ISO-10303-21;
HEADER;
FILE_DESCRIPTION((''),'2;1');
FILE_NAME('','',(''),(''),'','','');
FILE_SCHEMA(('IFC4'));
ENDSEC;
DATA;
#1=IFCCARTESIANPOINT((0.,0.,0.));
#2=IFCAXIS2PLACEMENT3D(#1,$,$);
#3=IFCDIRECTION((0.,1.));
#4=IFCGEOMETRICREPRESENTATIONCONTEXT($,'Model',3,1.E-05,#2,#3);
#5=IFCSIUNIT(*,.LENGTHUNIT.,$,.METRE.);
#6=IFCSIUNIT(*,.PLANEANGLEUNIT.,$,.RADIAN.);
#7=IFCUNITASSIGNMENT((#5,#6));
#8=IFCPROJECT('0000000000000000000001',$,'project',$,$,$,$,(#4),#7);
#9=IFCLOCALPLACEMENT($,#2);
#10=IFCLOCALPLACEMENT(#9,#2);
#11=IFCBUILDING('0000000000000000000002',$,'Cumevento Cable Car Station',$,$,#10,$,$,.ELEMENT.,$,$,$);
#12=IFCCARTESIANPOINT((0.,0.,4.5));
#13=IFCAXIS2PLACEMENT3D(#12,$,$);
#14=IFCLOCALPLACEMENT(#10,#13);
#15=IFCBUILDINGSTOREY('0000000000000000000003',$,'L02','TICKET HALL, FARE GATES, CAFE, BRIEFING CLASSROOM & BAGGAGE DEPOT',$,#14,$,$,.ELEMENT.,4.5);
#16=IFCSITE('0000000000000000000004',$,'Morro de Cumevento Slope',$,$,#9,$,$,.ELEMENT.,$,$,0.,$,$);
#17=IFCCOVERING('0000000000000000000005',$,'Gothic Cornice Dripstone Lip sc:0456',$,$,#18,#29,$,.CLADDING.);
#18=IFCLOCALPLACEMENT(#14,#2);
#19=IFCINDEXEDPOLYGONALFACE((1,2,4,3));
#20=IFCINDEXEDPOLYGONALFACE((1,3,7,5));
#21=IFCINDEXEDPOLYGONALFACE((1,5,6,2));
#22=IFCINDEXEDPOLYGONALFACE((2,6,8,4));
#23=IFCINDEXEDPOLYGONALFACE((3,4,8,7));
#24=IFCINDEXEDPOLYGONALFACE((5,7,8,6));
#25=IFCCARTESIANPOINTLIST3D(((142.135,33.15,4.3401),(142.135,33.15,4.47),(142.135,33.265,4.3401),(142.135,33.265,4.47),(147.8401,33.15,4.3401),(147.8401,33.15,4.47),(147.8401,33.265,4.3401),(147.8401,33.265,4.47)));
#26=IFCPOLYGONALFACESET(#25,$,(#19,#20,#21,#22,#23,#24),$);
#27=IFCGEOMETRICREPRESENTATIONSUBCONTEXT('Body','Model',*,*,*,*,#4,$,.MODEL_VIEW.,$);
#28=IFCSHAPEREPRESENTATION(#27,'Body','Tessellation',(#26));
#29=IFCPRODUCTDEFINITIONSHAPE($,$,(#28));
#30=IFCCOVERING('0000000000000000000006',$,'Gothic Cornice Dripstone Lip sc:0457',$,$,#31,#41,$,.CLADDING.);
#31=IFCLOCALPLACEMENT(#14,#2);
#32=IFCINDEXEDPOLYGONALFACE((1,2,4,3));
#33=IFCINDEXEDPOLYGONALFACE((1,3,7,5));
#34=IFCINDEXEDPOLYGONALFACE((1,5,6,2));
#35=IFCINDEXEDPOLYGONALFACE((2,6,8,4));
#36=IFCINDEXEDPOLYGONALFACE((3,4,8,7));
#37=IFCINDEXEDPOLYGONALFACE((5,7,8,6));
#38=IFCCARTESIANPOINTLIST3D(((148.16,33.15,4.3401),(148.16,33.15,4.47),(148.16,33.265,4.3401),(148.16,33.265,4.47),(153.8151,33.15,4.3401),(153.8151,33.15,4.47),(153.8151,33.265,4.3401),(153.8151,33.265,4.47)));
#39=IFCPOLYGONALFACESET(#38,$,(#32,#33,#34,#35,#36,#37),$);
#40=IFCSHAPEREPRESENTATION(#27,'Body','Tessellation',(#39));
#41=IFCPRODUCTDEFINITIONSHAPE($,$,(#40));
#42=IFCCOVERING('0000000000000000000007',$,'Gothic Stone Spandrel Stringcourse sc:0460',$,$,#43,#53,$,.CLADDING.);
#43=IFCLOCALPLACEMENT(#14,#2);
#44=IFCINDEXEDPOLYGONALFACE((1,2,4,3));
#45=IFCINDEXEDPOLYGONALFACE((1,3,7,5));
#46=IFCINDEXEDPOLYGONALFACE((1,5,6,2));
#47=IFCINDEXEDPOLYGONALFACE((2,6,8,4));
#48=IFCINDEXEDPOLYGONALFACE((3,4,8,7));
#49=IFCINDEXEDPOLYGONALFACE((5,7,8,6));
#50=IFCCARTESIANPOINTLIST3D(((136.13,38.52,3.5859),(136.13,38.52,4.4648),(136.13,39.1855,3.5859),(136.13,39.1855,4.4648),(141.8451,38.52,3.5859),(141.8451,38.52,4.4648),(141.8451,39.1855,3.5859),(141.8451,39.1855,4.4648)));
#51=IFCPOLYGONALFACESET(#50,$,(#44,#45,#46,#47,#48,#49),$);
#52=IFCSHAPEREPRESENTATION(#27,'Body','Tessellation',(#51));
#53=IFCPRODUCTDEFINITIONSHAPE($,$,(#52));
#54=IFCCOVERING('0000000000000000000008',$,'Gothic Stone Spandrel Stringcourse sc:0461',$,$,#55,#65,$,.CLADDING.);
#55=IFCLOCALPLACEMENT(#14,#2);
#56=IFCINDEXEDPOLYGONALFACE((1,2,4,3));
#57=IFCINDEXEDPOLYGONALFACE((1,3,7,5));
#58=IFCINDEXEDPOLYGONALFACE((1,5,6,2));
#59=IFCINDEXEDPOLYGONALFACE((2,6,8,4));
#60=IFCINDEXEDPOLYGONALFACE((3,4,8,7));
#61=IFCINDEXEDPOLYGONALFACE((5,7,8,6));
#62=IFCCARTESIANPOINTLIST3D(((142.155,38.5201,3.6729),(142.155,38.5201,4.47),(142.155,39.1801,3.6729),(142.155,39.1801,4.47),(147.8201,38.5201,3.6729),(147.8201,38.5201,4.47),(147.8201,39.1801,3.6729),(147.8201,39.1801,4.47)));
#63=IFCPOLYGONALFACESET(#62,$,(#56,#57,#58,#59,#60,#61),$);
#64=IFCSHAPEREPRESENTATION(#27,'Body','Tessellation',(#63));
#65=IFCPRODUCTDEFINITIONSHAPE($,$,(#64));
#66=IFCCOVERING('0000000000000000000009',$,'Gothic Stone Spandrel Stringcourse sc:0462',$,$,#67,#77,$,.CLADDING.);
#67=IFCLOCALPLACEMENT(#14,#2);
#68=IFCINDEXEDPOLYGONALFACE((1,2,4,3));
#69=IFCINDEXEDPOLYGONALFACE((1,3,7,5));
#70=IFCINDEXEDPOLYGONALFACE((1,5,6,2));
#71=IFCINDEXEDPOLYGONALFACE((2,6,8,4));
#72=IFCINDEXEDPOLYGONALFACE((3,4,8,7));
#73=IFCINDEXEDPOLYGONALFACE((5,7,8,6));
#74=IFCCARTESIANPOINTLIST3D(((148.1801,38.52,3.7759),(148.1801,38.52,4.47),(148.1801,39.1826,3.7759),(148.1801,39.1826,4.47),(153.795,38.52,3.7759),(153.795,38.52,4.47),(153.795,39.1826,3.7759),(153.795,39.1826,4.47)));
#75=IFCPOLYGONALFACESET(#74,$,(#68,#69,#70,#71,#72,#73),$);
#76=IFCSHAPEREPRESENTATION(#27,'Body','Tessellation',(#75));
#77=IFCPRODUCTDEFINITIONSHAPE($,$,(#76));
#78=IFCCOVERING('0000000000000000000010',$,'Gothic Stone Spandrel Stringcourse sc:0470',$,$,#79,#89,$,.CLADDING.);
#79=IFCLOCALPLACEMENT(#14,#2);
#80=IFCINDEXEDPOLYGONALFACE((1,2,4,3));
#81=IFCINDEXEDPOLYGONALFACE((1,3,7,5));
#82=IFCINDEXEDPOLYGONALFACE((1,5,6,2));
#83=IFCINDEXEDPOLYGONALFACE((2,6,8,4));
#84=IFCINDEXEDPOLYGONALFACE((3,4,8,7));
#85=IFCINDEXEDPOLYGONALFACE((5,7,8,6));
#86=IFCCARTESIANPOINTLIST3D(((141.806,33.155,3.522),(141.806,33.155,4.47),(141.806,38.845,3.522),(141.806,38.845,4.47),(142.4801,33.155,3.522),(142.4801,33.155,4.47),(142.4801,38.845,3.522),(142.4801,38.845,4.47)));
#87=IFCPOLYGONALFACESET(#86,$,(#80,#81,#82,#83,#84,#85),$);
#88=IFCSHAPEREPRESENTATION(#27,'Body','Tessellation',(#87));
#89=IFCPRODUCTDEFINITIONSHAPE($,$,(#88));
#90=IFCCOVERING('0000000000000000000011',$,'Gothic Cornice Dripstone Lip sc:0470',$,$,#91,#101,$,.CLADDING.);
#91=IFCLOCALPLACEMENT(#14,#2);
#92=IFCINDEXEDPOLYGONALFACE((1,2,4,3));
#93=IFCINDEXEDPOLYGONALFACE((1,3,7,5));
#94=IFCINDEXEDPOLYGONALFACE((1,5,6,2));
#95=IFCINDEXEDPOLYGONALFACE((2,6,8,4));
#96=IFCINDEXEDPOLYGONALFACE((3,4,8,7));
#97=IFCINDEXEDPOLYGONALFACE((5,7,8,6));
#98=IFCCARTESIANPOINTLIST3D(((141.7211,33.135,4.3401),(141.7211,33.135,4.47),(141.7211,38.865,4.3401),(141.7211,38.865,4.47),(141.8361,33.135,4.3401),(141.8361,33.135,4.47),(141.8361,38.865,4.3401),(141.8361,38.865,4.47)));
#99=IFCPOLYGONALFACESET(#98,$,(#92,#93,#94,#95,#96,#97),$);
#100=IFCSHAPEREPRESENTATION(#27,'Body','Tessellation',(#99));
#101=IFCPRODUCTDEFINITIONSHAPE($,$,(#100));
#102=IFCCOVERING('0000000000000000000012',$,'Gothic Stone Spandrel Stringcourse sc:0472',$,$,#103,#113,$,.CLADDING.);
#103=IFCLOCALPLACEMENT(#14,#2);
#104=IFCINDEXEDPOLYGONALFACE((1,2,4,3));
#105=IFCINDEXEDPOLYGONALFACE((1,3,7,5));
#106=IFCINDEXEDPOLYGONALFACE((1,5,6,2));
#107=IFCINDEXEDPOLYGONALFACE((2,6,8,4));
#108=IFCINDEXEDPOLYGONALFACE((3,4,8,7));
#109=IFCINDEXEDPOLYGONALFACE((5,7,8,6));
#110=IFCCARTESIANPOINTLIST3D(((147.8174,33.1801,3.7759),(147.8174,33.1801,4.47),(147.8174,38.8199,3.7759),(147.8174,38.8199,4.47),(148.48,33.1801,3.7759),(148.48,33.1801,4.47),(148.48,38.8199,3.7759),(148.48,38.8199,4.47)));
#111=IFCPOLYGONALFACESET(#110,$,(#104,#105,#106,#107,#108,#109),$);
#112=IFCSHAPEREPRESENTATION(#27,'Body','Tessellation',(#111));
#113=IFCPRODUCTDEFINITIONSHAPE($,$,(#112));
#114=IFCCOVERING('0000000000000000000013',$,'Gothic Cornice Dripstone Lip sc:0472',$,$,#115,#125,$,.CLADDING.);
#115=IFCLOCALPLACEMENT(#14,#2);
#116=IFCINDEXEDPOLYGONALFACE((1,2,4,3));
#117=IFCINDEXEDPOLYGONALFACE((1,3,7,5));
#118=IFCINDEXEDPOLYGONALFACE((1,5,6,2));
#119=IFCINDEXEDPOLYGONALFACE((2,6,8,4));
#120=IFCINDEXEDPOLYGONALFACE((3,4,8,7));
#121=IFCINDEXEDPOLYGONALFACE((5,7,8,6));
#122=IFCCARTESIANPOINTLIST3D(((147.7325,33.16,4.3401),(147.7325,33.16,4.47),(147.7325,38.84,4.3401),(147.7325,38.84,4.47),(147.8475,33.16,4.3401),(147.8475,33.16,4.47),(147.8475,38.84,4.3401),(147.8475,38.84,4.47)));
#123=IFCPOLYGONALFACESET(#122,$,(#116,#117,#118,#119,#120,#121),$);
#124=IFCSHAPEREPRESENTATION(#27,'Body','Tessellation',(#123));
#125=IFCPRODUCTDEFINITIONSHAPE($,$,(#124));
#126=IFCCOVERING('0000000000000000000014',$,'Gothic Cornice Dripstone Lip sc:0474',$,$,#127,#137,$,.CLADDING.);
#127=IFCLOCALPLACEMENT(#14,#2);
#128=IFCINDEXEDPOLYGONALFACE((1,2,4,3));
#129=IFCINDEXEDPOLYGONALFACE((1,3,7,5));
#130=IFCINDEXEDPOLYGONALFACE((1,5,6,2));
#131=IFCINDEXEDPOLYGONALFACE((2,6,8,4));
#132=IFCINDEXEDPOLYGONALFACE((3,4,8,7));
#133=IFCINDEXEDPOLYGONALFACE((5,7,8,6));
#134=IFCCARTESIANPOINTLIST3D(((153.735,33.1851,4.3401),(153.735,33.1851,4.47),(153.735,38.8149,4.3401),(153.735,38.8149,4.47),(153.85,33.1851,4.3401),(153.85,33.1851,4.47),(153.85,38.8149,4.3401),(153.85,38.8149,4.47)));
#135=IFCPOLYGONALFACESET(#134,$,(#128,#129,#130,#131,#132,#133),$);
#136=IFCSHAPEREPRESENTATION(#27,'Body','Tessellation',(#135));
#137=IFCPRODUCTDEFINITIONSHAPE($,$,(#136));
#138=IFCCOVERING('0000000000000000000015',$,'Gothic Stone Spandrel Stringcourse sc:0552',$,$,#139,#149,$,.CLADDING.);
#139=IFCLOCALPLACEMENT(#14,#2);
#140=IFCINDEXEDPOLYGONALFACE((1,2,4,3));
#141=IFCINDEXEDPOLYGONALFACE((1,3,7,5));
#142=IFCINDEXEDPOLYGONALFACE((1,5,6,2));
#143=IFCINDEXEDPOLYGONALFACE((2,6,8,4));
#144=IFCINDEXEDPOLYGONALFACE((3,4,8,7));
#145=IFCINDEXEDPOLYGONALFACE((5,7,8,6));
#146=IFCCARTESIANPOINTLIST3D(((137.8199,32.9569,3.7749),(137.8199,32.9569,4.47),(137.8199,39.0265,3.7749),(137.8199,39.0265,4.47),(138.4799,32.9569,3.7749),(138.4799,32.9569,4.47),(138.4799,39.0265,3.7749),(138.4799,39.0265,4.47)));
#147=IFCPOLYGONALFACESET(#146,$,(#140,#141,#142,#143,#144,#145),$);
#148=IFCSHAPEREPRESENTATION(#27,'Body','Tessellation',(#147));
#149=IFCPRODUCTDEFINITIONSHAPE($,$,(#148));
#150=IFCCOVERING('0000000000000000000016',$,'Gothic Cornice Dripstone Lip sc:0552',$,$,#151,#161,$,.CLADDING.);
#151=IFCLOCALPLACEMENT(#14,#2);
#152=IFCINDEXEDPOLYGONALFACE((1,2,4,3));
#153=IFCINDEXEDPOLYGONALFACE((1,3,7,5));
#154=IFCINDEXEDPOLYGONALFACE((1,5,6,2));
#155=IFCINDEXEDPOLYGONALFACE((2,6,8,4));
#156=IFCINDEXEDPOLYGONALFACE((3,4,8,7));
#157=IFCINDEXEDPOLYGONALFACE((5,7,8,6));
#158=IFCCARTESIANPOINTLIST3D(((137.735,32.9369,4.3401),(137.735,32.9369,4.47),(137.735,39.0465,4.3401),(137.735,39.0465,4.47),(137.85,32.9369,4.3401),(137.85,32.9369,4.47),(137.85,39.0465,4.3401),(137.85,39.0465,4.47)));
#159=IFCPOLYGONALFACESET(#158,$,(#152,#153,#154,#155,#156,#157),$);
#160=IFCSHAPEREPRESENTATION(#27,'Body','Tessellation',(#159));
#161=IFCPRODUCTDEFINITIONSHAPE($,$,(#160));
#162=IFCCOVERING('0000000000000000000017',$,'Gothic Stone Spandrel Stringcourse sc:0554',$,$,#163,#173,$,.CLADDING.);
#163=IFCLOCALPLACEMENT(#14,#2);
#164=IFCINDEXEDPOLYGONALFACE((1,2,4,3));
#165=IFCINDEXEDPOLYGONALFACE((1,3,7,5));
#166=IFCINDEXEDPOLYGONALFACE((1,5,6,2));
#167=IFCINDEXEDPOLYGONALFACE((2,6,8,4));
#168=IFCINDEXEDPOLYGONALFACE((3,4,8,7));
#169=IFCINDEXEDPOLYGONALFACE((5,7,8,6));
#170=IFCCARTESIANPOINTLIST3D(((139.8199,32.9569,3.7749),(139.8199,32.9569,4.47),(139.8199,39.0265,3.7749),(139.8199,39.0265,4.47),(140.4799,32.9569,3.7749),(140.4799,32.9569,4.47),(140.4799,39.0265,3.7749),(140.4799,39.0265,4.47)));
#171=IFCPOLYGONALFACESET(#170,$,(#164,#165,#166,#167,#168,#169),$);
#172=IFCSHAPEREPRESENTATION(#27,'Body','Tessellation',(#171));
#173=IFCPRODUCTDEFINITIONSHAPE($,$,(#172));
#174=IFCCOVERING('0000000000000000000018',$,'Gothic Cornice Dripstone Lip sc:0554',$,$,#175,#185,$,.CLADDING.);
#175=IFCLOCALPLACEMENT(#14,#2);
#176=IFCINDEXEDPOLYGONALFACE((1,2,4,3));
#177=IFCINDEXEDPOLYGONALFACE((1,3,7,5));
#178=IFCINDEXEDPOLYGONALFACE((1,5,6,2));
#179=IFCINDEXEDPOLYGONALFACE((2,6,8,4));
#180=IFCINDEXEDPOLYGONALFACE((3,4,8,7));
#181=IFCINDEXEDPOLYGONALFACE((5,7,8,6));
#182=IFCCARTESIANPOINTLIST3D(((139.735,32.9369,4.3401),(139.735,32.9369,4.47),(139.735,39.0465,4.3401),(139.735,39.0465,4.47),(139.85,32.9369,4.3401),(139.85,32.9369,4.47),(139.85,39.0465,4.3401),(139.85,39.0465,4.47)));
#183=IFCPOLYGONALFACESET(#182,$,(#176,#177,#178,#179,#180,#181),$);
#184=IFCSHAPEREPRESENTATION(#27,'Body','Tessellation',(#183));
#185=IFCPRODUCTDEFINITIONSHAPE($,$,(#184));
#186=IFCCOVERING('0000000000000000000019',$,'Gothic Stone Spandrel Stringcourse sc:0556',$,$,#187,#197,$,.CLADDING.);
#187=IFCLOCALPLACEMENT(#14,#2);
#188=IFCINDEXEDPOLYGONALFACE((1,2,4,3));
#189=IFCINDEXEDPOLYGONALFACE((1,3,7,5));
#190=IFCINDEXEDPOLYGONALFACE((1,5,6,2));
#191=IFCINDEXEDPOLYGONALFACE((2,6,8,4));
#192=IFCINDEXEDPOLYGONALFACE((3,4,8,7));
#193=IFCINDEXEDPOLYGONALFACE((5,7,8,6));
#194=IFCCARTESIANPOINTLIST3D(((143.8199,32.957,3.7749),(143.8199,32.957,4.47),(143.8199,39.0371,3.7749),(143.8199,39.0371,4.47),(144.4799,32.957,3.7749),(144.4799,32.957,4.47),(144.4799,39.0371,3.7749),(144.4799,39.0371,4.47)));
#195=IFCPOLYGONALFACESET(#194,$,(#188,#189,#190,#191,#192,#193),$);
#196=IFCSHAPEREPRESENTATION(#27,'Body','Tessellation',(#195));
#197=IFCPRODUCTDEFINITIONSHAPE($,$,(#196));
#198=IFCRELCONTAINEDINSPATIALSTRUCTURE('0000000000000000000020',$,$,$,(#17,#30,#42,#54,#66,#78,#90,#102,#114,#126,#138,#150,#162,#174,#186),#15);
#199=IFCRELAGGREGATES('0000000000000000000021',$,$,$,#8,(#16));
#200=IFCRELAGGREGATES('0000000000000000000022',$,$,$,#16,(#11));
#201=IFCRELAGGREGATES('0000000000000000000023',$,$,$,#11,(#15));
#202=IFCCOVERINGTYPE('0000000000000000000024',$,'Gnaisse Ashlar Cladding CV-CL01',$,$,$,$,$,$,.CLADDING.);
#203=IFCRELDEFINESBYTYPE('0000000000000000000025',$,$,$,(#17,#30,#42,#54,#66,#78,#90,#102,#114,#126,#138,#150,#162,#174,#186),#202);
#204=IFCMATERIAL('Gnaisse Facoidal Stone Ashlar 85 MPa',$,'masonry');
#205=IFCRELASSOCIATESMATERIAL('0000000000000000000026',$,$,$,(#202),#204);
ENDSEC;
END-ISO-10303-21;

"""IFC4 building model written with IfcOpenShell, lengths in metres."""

from ifc_helpers import new_model, si_unit, direction, frame, origin, origin_2d, place, context, subcontext, project, spatial, rectangle, extrude, material, type_object, element, save


model = new_model("IFC4")

# Units and contexts
model_context = context("Model", 3, precision=1e-05, world=origin(), true_north=direction((0.0, 1.0)))
body_context = subcontext(model_context, "Body", "Model", "MODEL_VIEW")
ifc_project = project(units=[si_unit("LENGTHUNIT", "METRE"), si_unit("PLANEANGLEUNIT", "RADIAN")], contexts=[model_context])

# Site, building, storey
site_placement = place(None, origin())
site = spatial("IfcSite", under=ifc_project, at=site_placement, Name="Morro de Cumevento Slope", CompositionType="ELEMENT", RefElevation=0.0)
building_placement = place(site_placement, origin())
building = spatial("IfcBuilding", under=site, at=building_placement, Name="Cumevento Cable Car Station", CompositionType="ELEMENT")
storey_placement = place(building_placement, frame((0.0, 0.0, 4.5)))
storey = spatial("IfcBuildingStorey", under=building, at=storey_placement, Name="L02", Description="TICKET HALL, FARE GATES, CAFE, BRIEFING CLASSROOM & BAGGAGE DEPOT", CompositionType="ELEMENT", Elevation=4.5)

# Coverings
ifc_material_1 = material(Name="Gnaisse Facoidal Stone Ashlar 85 MPa", Category="masonry")
covering_type = type_object("IfcCoveringType", Name="Gnaisse Ashlar Cladding CV-CL01", PredefinedType="CLADDING", material=ifc_material_1)
covering_1_placement = place(storey_placement, frame((144.9875, 33.2075, 4.3401), z_axis=(0.0, 0.0, 1.0), x_axis=(1.0, 0.0, 0.0)))
element("IfcCovering", 1, at=covering_1_placement, inside=storey, type_object=covering_type, Name="Gothic Cornice Dripstone Lip sc:0456", PredefinedType="CLADDING", context=body_context, shape_type="SweptSolid", body=[
    extrude(rectangle(XDim=5.7051, YDim=0.115, at=origin_2d()), origin(), (0.0, 0.0, 1.0), 0.1299),
])
covering_2_placement = place(storey_placement, frame((150.9875, 33.2075, 4.3401), z_axis=(0.0, 0.0, 1.0), x_axis=(1.0, 0.0, 0.0)))
element("IfcCovering", 2, at=covering_2_placement, inside=storey, type_object=covering_type, Name="Gothic Cornice Dripstone Lip sc:0457", PredefinedType="CLADDING", context=body_context, shape_type="SweptSolid", body=[
    extrude(rectangle(XDim=5.655, YDim=0.115, at=origin_2d()), origin(), (0.0, 0.0, 1.0), 0.1299),
])
covering_3_placement = place(storey_placement, frame((138.9875, 38.8528, 3.5859), z_axis=(0.0, 0.0, 1.0), x_axis=(1.0, 0.0, 0.0)))
element("IfcCovering", 3, at=covering_3_placement, inside=storey, type_object=covering_type, Name="Gothic Stone Spandrel Stringcourse sc:0460", PredefinedType="CLADDING", context=body_context, shape_type="SweptSolid", body=[
    extrude(rectangle(XDim=5.7151, YDim=0.6655, at=origin_2d()), origin(), (0.0, 0.0, 1.0), 0.8789),
])
covering_4_placement = place(storey_placement, frame((144.9875, 38.8501, 3.6729), z_axis=(0.0, 0.0, 1.0), x_axis=(1.0, 0.0, 0.0)))
element("IfcCovering", 4, at=covering_4_placement, inside=storey, type_object=covering_type, Name="Gothic Stone Spandrel Stringcourse sc:0461", PredefinedType="CLADDING", context=body_context, shape_type="SweptSolid", body=[
    extrude(rectangle(XDim=5.665, YDim=0.6599, at=origin_2d()), origin(), (0.0, 0.0, 1.0), 0.7971),
])
covering_5_placement = place(storey_placement, frame((150.9875, 38.8513, 3.7759), z_axis=(0.0, 0.0, 1.0), x_axis=(1.0, 0.0, 0.0)))
element("IfcCovering", 5, at=covering_5_placement, inside=storey, type_object=covering_type, Name="Gothic Stone Spandrel Stringcourse sc:0462", PredefinedType="CLADDING", context=body_context, shape_type="SweptSolid", body=[
    extrude(rectangle(XDim=5.615, YDim=0.6626, at=origin_2d()), origin(), (0.0, 0.0, 1.0), 0.6941),
])
covering_6_placement = place(storey_placement, frame((142.1431, 36.0, 3.522), z_axis=(0.0, 0.0, 1.0), x_axis=(0.0, 1.0, 0.0)))
element("IfcCovering", 6, at=covering_6_placement, inside=storey, type_object=covering_type, Name="Gothic Stone Spandrel Stringcourse sc:0470", PredefinedType="CLADDING", context=body_context, shape_type="SweptSolid", body=[
    extrude(rectangle(XDim=5.6899, YDim=0.6741, at=origin_2d()), origin(), (0.0, 0.0, 1.0), 0.948),
])
covering_7_placement = place(storey_placement, frame((141.7786, 36.0, 4.3401), z_axis=(0.0, 0.0, 1.0), x_axis=(0.0, 1.0, 0.0)))
element("IfcCovering", 7, at=covering_7_placement, inside=storey, type_object=covering_type, Name="Gothic Cornice Dripstone Lip sc:0470", PredefinedType="CLADDING", context=body_context, shape_type="SweptSolid", body=[
    extrude(rectangle(XDim=5.73, YDim=0.115, at=origin_2d()), origin(), (0.0, 0.0, 1.0), 0.1299),
])
covering_8_placement = place(storey_placement, frame((148.1487, 36.0, 3.7759), z_axis=(0.0, 0.0, 1.0), x_axis=(0.0, 1.0, 0.0)))
element("IfcCovering", 8, at=covering_8_placement, inside=storey, type_object=covering_type, Name="Gothic Stone Spandrel Stringcourse sc:0472", PredefinedType="CLADDING", context=body_context, shape_type="SweptSolid", body=[
    extrude(rectangle(XDim=5.6399, YDim=0.6626, at=origin_2d()), origin(), (0.0, 0.0, 1.0), 0.6941),
])
covering_9_placement = place(storey_placement, frame((147.79, 36.0, 4.3401), z_axis=(0.0, 0.0, 1.0), x_axis=(0.0, 1.0, 0.0)))
element("IfcCovering", 9, at=covering_9_placement, inside=storey, type_object=covering_type, Name="Gothic Cornice Dripstone Lip sc:0472", PredefinedType="CLADDING", context=body_context, shape_type="SweptSolid", body=[
    extrude(rectangle(XDim=5.6799, YDim=0.115, at=origin_2d()), origin(), (0.0, 0.0, 1.0), 0.1299),
])
covering_10_placement = place(storey_placement, frame((153.7925, 36.0, 4.3401), z_axis=(0.0, 0.0, 1.0), x_axis=(0.0, 1.0, 0.0)))
element("IfcCovering", 10, at=covering_10_placement, inside=storey, type_object=covering_type, Name="Gothic Cornice Dripstone Lip sc:0474", PredefinedType="CLADDING", context=body_context, shape_type="SweptSolid", body=[
    extrude(rectangle(XDim=5.6299, YDim=0.115, at=origin_2d()), origin(), (0.0, 0.0, 1.0), 0.1299),
])
covering_11_placement = place(storey_placement, frame((138.1499, 35.9917, 3.7749), z_axis=(0.0, 0.0, 1.0), x_axis=(0.0, 1.0, 0.0)))
element("IfcCovering", 11, at=covering_11_placement, inside=storey, type_object=covering_type, Name="Gothic Stone Spandrel Stringcourse sc:0552", PredefinedType="CLADDING", context=body_context, shape_type="SweptSolid", body=[
    extrude(rectangle(XDim=6.0696, YDim=0.6599, at=origin_2d()), origin(), (0.0, 0.0, 1.0), 0.6951),
])
covering_12_placement = place(storey_placement, frame((137.7925, 35.9917, 4.3401), z_axis=(0.0, 0.0, 1.0), x_axis=(0.0, 1.0, 0.0)))
element("IfcCovering", 12, at=covering_12_placement, inside=storey, type_object=covering_type, Name="Gothic Cornice Dripstone Lip sc:0552", PredefinedType="CLADDING", context=body_context, shape_type="SweptSolid", body=[
    extrude(rectangle(XDim=6.1096, YDim=0.115, at=origin_2d()), origin(), (0.0, 0.0, 1.0), 0.1299),
])
covering_13_placement = place(storey_placement, frame((140.1499, 35.9917, 3.7749), z_axis=(0.0, 0.0, 1.0), x_axis=(0.0, 1.0, 0.0)))
element("IfcCovering", 13, at=covering_13_placement, inside=storey, type_object=covering_type, Name="Gothic Stone Spandrel Stringcourse sc:0554", PredefinedType="CLADDING", context=body_context, shape_type="SweptSolid", body=[
    extrude(rectangle(XDim=6.0696, YDim=0.6599, at=origin_2d()), origin(), (0.0, 0.0, 1.0), 0.6951),
])
covering_14_placement = place(storey_placement, frame((139.7925, 35.9917, 4.3401), z_axis=(0.0, 0.0, 1.0), x_axis=(0.0, 1.0, 0.0)))
element("IfcCovering", 14, at=covering_14_placement, inside=storey, type_object=covering_type, Name="Gothic Cornice Dripstone Lip sc:0554", PredefinedType="CLADDING", context=body_context, shape_type="SweptSolid", body=[
    extrude(rectangle(XDim=6.1096, YDim=0.115, at=origin_2d()), origin(), (0.0, 0.0, 1.0), 0.1299),
])
covering_15_placement = place(storey_placement, frame((144.1499, 35.9971, 3.7749), z_axis=(0.0, 0.0, 1.0), x_axis=(0.0, 1.0, 0.0)))
element("IfcCovering", 15, at=covering_15_placement, inside=storey, type_object=covering_type, Name="Gothic Stone Spandrel Stringcourse sc:0556", PredefinedType="CLADDING", context=body_context, shape_type="SweptSolid", body=[
    extrude(rectangle(XDim=6.0801, YDim=0.6599, at=origin_2d()), origin(), (0.0, 0.0, 1.0), 0.6951),
])

save(model, "model.ifc")
